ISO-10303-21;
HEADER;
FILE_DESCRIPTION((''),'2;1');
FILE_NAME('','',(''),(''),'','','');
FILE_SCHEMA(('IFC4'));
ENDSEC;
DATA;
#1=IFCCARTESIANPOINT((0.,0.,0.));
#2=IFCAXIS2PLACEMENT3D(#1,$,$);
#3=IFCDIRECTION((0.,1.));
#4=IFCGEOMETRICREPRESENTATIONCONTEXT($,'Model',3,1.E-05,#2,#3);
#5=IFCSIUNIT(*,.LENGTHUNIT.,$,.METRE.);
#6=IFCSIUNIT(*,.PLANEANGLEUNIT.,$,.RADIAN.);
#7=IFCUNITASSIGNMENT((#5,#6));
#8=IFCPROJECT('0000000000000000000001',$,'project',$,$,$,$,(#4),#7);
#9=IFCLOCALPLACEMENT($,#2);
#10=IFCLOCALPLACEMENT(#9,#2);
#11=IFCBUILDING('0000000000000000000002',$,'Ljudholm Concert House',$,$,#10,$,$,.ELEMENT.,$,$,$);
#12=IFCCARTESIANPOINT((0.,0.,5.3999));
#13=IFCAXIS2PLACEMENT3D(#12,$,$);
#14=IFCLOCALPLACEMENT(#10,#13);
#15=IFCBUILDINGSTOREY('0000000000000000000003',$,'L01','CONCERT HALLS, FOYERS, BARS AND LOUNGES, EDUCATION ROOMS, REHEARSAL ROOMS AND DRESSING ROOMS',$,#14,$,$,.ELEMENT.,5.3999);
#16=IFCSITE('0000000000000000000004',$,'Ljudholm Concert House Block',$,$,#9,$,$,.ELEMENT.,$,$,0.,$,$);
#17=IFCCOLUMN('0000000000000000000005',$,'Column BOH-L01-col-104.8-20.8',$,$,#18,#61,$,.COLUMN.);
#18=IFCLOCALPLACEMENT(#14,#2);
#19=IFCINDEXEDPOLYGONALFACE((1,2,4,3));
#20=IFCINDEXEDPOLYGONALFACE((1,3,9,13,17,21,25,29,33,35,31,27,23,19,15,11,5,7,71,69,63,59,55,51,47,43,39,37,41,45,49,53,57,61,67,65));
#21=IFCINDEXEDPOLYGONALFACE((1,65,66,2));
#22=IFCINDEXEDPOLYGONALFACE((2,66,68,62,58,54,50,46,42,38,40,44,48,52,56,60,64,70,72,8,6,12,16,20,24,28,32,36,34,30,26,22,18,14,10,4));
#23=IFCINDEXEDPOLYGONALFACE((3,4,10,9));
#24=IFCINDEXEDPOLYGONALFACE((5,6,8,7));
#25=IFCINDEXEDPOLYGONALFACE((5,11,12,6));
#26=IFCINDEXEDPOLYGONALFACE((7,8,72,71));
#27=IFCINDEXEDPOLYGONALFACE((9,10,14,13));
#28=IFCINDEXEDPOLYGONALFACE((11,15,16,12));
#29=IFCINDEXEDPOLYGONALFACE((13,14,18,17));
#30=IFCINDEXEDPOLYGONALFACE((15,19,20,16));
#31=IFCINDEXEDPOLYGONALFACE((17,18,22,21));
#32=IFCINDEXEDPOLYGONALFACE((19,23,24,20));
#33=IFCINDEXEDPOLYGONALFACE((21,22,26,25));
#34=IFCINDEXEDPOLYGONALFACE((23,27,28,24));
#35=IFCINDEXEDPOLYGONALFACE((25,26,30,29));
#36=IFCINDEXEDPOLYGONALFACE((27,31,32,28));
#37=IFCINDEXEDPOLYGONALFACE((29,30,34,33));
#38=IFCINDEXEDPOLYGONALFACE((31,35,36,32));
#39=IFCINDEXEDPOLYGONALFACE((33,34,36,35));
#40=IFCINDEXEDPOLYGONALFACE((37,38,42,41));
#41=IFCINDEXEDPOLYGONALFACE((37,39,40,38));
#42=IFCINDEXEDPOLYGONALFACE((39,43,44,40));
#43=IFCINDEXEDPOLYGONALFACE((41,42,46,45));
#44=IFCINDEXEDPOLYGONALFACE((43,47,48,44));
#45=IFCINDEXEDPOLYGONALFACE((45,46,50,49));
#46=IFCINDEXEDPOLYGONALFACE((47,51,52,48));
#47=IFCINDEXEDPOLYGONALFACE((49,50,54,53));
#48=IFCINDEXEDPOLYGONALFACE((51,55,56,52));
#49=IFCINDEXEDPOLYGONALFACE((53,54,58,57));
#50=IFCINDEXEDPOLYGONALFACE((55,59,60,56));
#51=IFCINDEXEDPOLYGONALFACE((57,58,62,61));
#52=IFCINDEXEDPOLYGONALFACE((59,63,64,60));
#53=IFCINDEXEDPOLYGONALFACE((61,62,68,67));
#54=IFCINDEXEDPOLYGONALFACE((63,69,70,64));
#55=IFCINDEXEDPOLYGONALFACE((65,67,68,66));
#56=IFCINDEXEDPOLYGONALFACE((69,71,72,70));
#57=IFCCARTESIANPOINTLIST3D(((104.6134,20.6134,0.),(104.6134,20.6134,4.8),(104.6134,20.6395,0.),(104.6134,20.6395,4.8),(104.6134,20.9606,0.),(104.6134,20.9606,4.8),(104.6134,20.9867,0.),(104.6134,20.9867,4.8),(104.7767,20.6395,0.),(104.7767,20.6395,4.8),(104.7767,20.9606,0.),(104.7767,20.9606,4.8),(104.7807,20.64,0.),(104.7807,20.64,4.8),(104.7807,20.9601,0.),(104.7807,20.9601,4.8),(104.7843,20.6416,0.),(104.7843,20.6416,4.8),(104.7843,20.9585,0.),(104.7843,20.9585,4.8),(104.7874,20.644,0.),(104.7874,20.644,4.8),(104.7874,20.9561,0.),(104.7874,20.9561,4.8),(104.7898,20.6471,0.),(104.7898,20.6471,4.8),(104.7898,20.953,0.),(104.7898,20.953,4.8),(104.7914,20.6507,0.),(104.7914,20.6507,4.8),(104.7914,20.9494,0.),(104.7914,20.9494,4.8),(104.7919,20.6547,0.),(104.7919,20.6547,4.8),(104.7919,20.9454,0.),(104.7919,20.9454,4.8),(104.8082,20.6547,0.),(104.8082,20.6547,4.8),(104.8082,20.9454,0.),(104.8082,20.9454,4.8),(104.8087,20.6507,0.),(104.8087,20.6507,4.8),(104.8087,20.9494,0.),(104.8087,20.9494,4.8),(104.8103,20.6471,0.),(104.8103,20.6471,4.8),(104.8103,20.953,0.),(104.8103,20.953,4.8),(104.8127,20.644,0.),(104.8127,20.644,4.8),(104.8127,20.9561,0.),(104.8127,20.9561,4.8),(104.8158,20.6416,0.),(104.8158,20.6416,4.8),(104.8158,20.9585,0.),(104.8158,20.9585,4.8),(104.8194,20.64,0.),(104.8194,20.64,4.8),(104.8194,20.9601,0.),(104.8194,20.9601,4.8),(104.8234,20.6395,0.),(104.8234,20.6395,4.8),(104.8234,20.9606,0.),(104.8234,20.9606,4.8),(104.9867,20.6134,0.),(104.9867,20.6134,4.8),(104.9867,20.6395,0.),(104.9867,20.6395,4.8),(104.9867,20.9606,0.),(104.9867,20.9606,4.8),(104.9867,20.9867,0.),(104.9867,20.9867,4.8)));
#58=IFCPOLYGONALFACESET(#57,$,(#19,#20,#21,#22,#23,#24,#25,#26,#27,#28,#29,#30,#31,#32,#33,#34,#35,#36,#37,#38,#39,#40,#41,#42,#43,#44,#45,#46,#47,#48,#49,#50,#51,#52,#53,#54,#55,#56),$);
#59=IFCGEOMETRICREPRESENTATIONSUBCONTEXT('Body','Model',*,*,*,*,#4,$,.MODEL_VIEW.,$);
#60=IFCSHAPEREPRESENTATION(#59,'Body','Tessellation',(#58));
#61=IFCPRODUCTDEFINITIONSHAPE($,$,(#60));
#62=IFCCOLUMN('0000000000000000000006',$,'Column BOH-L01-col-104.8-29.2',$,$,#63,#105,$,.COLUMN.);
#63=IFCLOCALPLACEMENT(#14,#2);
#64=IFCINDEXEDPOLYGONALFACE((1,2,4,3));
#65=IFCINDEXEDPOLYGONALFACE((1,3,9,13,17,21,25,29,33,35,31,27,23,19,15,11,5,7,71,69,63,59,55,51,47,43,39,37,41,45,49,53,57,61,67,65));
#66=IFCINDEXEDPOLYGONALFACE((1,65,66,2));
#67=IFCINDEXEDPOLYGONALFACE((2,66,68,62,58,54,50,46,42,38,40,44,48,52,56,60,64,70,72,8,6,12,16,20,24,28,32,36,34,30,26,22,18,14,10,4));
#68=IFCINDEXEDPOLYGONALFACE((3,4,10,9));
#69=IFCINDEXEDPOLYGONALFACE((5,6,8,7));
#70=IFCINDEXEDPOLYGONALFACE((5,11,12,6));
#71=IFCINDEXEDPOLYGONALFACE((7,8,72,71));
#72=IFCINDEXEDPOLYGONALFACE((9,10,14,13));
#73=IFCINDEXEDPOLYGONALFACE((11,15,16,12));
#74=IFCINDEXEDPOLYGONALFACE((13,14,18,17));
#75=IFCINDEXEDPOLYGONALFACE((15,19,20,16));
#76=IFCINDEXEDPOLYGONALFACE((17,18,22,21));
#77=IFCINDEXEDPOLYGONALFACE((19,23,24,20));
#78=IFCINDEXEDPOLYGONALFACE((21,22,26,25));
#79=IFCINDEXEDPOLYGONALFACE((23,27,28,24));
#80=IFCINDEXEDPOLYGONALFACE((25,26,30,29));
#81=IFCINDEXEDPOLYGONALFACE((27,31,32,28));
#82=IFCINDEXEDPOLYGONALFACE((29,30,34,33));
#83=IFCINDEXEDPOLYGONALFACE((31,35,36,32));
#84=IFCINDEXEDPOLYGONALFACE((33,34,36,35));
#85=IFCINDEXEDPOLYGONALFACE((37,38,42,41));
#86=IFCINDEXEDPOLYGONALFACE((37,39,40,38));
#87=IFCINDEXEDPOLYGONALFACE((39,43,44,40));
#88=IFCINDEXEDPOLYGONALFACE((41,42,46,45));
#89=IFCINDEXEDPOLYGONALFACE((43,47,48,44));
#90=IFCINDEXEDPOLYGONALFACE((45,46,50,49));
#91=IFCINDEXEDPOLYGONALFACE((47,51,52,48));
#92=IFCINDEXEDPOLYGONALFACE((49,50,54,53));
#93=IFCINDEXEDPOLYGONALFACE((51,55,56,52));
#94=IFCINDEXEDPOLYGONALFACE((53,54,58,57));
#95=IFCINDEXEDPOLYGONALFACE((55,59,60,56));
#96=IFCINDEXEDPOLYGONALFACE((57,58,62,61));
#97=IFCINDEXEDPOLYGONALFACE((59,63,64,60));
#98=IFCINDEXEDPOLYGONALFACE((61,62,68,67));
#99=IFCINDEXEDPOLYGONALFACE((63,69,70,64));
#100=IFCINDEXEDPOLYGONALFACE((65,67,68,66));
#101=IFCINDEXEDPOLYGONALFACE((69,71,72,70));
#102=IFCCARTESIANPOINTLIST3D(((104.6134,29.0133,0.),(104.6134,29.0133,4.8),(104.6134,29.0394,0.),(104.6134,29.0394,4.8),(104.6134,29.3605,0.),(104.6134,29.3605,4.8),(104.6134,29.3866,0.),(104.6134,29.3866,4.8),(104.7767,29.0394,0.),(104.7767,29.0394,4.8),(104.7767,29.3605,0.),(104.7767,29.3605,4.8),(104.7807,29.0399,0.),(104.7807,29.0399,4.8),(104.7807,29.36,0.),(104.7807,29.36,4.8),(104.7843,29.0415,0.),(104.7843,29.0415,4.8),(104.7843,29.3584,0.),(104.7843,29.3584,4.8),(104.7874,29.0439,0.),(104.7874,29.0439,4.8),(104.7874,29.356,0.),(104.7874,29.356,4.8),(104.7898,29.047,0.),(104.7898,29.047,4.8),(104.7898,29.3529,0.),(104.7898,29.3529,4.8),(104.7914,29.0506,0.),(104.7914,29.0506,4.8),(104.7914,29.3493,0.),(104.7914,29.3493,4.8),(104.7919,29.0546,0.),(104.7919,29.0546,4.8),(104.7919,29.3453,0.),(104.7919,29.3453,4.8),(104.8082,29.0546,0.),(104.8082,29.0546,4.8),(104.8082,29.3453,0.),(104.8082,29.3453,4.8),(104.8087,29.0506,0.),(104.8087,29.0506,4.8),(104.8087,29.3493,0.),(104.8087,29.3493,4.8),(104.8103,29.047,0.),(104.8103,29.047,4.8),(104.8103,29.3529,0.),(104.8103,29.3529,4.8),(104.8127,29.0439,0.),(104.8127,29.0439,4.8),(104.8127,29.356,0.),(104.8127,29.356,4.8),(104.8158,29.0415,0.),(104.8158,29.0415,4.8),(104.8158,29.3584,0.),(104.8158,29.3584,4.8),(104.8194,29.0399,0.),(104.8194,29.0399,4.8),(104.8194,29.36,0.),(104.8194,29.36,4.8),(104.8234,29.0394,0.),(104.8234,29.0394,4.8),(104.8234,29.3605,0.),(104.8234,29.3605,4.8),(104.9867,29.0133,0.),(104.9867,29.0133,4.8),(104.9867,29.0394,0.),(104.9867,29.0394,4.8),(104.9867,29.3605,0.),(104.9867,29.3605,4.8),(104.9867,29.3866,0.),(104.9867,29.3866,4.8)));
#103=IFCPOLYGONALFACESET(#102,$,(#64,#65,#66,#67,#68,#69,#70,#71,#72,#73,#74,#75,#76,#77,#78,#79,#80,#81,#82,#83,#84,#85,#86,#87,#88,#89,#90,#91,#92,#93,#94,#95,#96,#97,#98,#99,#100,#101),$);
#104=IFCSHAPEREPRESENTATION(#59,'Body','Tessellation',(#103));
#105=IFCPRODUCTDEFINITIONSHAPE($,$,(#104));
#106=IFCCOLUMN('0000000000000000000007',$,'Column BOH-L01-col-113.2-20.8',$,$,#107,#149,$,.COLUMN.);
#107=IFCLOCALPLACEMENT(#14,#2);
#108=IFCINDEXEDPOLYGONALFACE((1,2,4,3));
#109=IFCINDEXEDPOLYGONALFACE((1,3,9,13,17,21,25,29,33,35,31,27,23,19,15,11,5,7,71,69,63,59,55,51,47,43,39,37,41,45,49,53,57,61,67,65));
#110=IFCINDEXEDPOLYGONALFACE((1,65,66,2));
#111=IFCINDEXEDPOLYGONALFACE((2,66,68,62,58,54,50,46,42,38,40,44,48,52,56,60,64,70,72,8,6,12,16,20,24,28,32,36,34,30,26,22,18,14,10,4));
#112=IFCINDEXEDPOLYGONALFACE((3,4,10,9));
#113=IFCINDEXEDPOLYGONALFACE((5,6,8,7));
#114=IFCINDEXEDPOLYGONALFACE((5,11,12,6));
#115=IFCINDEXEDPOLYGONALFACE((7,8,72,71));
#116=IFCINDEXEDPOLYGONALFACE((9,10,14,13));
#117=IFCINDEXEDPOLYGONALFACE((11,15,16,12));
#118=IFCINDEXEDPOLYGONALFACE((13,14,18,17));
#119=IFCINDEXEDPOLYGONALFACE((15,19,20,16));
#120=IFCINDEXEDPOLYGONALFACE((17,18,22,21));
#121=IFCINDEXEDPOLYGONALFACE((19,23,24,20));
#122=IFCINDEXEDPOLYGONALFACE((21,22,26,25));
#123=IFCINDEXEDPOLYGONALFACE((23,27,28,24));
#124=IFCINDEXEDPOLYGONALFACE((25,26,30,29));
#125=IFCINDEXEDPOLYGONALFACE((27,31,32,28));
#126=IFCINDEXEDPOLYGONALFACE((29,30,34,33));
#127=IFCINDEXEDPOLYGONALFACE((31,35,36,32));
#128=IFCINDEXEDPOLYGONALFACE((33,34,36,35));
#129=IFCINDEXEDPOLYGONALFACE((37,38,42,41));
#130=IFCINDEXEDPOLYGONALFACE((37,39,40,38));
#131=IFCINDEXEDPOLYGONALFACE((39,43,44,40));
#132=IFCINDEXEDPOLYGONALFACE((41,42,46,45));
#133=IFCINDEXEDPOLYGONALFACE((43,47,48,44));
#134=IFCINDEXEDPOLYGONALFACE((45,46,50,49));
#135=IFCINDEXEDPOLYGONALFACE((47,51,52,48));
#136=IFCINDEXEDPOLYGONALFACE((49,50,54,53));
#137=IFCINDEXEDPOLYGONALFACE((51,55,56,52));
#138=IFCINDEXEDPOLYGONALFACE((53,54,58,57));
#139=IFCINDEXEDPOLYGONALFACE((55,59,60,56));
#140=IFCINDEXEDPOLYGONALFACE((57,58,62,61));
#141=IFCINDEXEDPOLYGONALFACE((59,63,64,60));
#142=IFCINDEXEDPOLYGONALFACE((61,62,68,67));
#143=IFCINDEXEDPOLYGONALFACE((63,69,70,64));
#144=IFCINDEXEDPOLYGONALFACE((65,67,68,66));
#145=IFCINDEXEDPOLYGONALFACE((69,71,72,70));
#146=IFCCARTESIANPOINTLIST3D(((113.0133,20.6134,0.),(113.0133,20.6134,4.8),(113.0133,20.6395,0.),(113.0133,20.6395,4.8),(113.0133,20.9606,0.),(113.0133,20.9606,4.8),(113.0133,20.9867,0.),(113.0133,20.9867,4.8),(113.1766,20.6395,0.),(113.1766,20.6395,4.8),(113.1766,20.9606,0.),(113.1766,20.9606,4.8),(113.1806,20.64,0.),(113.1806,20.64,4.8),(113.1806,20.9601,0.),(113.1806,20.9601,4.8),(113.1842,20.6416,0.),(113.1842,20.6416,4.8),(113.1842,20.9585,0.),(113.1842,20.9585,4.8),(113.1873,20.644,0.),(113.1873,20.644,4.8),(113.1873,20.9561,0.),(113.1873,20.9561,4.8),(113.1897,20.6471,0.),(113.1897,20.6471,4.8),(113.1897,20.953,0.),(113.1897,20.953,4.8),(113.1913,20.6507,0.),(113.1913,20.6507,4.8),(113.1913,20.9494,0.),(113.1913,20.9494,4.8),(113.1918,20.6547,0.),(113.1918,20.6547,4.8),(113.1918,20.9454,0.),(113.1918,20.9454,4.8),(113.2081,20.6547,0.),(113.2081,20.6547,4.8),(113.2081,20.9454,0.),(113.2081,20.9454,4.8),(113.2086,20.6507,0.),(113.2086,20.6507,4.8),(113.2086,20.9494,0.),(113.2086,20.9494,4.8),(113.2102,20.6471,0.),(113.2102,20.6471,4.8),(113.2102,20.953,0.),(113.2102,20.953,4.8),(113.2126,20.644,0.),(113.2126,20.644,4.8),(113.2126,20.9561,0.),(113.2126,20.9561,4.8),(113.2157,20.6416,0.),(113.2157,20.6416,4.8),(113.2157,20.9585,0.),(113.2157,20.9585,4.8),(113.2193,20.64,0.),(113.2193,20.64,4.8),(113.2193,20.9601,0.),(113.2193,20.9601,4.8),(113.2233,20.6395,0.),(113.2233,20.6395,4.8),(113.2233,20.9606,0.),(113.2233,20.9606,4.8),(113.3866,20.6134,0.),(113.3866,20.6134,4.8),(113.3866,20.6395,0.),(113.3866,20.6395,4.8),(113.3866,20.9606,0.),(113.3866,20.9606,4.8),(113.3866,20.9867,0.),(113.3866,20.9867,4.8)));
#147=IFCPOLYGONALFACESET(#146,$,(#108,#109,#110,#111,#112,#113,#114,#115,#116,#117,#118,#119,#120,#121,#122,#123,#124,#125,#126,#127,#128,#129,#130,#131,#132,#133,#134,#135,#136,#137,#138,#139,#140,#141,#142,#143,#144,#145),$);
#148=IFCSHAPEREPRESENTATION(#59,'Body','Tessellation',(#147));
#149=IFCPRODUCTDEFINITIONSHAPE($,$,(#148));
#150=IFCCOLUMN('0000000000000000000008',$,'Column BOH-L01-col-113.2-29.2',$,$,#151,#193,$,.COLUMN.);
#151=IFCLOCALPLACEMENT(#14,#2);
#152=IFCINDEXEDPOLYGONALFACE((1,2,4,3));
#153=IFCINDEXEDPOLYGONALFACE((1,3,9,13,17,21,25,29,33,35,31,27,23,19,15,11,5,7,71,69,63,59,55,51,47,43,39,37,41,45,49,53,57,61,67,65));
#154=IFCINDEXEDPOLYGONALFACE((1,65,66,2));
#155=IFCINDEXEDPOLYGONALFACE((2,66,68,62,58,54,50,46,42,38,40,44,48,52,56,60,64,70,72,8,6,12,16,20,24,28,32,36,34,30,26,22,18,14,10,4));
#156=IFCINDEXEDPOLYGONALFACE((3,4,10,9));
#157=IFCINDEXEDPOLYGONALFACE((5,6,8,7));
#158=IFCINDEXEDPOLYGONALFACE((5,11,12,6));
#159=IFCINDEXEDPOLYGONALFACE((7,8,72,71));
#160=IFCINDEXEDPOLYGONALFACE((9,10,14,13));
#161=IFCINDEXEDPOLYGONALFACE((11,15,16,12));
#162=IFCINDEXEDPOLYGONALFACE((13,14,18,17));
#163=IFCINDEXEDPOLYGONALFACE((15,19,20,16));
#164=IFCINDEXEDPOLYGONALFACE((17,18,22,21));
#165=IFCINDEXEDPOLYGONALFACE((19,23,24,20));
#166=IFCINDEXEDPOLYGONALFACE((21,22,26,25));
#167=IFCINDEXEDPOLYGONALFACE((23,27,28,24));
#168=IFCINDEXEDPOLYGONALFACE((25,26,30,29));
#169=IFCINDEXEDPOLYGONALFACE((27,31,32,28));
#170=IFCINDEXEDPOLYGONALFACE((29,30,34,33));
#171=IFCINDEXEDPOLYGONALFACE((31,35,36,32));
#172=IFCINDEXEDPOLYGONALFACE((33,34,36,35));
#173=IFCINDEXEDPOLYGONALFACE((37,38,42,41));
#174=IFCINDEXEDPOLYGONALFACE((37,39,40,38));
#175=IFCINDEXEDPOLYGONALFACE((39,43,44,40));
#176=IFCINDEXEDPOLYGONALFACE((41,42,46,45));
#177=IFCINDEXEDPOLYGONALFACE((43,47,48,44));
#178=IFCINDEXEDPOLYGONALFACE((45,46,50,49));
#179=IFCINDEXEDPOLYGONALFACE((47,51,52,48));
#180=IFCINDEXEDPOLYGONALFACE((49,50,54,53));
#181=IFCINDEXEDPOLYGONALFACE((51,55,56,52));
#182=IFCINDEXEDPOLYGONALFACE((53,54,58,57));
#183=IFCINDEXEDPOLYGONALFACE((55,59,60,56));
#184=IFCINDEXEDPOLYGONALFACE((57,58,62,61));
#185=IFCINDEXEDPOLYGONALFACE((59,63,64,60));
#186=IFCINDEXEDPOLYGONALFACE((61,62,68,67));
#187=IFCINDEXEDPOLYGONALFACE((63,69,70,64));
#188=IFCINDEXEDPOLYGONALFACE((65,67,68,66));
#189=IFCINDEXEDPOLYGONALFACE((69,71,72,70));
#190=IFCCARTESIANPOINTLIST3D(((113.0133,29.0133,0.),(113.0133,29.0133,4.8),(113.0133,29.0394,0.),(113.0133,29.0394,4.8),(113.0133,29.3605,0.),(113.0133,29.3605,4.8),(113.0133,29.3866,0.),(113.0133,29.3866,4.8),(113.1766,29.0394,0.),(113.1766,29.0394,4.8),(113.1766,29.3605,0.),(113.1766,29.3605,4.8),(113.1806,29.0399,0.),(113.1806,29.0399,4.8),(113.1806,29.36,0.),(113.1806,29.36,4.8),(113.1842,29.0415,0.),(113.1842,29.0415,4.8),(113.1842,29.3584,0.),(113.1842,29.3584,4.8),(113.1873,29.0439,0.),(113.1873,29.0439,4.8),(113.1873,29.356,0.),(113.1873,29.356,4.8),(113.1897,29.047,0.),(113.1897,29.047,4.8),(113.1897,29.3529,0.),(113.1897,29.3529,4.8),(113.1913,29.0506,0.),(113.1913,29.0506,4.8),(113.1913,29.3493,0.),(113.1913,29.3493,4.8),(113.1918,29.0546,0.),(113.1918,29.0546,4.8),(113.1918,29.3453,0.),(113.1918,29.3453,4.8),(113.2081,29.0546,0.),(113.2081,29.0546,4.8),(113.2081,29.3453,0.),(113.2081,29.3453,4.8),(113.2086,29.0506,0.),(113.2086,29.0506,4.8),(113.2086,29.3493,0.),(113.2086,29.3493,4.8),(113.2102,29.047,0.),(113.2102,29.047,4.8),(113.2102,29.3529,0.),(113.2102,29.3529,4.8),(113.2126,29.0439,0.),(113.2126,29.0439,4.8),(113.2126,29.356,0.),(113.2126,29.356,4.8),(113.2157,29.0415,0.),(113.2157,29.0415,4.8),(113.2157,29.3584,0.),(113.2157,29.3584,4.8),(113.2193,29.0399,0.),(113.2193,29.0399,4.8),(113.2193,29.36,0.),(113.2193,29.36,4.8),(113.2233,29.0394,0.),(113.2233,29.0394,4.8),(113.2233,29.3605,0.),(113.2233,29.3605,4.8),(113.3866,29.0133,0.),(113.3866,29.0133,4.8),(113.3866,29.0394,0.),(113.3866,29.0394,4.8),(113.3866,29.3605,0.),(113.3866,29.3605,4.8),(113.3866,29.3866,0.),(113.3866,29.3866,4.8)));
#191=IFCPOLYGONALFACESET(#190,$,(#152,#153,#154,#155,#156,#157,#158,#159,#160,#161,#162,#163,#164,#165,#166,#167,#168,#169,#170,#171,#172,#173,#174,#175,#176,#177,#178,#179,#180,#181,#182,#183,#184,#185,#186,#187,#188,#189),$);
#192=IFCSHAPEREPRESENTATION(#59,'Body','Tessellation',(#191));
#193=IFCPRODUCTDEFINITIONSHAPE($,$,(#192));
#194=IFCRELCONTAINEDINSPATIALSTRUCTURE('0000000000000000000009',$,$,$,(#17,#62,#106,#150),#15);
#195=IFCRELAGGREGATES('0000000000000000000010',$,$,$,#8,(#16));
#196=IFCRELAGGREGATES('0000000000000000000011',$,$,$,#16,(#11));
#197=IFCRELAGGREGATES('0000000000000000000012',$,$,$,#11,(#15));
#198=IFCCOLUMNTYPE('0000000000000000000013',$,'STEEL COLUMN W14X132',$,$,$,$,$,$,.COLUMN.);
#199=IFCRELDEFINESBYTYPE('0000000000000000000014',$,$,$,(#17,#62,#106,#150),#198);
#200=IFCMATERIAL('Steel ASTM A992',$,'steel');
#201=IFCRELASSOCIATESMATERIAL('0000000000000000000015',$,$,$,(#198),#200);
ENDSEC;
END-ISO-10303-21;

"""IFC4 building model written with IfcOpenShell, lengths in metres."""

from ifc_helpers import new_model, si_unit, direction, frame, origin, origin_2d, place, context, subcontext, project, spatial, i_section, extrude, material, material_profile, profile_set, type_object, element, save


model = new_model("IFC4")

# Units and contexts
model_context = context("Model", 3, precision=1e-05, world=origin(), true_north=direction((0.0, 1.0)))
body_context = subcontext(model_context, "Body", "Model", "MODEL_VIEW")
ifc_project = project(units=[si_unit("LENGTHUNIT", "METRE"), si_unit("PLANEANGLEUNIT", "RADIAN")], contexts=[model_context])

# Site, building, storey
site_placement = place(None, origin())
site = spatial("IfcSite", under=ifc_project, at=site_placement, Name="Ljudholm Concert House Block", CompositionType="ELEMENT", RefElevation=0.0)
building_placement = place(site_placement, origin())
building = spatial("IfcBuilding", under=site, at=building_placement, Name="Ljudholm Concert House", CompositionType="ELEMENT")
storey_placement = place(building_placement, frame((0.0, 0.0, 5.3999)))
storey = spatial("IfcBuildingStorey", under=building, at=storey_placement, Name="L01", Description="CONCERT HALLS, FOYERS, BARS AND LOUNGES, EDUCATION ROOMS, REHEARSAL ROOMS AND DRESSING ROOMS", CompositionType="ELEMENT", Elevation=5.3999)

# Columns
ifc_material_1 = material(Name="Steel ASTM A992", Category="steel")
ifc_material_profile_1 = material_profile(ifc_material_1, i_section(OverallWidth=0.3733, OverallDepth=0.3733, WebThickness=0.0164, FlangeThickness=0.0261, FilletRadius=0.0151, at=origin_2d()), Name="W14X132")
ifc_profile_set_1 = profile_set([ifc_material_profile_1], Name="Steel ASTM A992")
column_type = type_object("IfcColumnType", Name="STEEL COLUMN W14X132", PredefinedType="COLUMN", material=ifc_profile_set_1)
for number, where, z_axis, x_axis, name in (
    (1, (104.8, 20.8, 0.0), (0.0, 0.0, 1.0), (1.0, 0.0, 0.0), "Column BOH-L01-col-104.8-20.8"),
    (2, (104.8, 29.2, 0.0), (0.0, 0.0, 1.0), (1.0, 0.0, 0.0), "Column BOH-L01-col-104.8-29.2"),
    (3, (113.2, 20.8, 0.0), (0.0, 0.0, 1.0), (1.0, 0.0, 0.0), "Column BOH-L01-col-113.2-20.8"),
    (4, (113.2, 29.2, 0.0), (0.0, 0.0, 1.0), (1.0, 0.0, 0.0), "Column BOH-L01-col-113.2-29.2"),
):
    element("IfcColumn", number, at=place(storey_placement, frame(where, z_axis=z_axis, x_axis=x_axis)), inside=storey, type_object=column_type, Name=name, PredefinedType="COLUMN", context=body_context, shape_type="SweptSolid", body=[
        extrude(i_section(OverallWidth=0.3733, OverallDepth=0.3733, WebThickness=0.0164, FlangeThickness=0.0261, FilletRadius=0.0151, at=origin_2d()), origin(), (0.0, 0.0, 1.0), 4.8),
    ])

save(model, "model.ifc")
